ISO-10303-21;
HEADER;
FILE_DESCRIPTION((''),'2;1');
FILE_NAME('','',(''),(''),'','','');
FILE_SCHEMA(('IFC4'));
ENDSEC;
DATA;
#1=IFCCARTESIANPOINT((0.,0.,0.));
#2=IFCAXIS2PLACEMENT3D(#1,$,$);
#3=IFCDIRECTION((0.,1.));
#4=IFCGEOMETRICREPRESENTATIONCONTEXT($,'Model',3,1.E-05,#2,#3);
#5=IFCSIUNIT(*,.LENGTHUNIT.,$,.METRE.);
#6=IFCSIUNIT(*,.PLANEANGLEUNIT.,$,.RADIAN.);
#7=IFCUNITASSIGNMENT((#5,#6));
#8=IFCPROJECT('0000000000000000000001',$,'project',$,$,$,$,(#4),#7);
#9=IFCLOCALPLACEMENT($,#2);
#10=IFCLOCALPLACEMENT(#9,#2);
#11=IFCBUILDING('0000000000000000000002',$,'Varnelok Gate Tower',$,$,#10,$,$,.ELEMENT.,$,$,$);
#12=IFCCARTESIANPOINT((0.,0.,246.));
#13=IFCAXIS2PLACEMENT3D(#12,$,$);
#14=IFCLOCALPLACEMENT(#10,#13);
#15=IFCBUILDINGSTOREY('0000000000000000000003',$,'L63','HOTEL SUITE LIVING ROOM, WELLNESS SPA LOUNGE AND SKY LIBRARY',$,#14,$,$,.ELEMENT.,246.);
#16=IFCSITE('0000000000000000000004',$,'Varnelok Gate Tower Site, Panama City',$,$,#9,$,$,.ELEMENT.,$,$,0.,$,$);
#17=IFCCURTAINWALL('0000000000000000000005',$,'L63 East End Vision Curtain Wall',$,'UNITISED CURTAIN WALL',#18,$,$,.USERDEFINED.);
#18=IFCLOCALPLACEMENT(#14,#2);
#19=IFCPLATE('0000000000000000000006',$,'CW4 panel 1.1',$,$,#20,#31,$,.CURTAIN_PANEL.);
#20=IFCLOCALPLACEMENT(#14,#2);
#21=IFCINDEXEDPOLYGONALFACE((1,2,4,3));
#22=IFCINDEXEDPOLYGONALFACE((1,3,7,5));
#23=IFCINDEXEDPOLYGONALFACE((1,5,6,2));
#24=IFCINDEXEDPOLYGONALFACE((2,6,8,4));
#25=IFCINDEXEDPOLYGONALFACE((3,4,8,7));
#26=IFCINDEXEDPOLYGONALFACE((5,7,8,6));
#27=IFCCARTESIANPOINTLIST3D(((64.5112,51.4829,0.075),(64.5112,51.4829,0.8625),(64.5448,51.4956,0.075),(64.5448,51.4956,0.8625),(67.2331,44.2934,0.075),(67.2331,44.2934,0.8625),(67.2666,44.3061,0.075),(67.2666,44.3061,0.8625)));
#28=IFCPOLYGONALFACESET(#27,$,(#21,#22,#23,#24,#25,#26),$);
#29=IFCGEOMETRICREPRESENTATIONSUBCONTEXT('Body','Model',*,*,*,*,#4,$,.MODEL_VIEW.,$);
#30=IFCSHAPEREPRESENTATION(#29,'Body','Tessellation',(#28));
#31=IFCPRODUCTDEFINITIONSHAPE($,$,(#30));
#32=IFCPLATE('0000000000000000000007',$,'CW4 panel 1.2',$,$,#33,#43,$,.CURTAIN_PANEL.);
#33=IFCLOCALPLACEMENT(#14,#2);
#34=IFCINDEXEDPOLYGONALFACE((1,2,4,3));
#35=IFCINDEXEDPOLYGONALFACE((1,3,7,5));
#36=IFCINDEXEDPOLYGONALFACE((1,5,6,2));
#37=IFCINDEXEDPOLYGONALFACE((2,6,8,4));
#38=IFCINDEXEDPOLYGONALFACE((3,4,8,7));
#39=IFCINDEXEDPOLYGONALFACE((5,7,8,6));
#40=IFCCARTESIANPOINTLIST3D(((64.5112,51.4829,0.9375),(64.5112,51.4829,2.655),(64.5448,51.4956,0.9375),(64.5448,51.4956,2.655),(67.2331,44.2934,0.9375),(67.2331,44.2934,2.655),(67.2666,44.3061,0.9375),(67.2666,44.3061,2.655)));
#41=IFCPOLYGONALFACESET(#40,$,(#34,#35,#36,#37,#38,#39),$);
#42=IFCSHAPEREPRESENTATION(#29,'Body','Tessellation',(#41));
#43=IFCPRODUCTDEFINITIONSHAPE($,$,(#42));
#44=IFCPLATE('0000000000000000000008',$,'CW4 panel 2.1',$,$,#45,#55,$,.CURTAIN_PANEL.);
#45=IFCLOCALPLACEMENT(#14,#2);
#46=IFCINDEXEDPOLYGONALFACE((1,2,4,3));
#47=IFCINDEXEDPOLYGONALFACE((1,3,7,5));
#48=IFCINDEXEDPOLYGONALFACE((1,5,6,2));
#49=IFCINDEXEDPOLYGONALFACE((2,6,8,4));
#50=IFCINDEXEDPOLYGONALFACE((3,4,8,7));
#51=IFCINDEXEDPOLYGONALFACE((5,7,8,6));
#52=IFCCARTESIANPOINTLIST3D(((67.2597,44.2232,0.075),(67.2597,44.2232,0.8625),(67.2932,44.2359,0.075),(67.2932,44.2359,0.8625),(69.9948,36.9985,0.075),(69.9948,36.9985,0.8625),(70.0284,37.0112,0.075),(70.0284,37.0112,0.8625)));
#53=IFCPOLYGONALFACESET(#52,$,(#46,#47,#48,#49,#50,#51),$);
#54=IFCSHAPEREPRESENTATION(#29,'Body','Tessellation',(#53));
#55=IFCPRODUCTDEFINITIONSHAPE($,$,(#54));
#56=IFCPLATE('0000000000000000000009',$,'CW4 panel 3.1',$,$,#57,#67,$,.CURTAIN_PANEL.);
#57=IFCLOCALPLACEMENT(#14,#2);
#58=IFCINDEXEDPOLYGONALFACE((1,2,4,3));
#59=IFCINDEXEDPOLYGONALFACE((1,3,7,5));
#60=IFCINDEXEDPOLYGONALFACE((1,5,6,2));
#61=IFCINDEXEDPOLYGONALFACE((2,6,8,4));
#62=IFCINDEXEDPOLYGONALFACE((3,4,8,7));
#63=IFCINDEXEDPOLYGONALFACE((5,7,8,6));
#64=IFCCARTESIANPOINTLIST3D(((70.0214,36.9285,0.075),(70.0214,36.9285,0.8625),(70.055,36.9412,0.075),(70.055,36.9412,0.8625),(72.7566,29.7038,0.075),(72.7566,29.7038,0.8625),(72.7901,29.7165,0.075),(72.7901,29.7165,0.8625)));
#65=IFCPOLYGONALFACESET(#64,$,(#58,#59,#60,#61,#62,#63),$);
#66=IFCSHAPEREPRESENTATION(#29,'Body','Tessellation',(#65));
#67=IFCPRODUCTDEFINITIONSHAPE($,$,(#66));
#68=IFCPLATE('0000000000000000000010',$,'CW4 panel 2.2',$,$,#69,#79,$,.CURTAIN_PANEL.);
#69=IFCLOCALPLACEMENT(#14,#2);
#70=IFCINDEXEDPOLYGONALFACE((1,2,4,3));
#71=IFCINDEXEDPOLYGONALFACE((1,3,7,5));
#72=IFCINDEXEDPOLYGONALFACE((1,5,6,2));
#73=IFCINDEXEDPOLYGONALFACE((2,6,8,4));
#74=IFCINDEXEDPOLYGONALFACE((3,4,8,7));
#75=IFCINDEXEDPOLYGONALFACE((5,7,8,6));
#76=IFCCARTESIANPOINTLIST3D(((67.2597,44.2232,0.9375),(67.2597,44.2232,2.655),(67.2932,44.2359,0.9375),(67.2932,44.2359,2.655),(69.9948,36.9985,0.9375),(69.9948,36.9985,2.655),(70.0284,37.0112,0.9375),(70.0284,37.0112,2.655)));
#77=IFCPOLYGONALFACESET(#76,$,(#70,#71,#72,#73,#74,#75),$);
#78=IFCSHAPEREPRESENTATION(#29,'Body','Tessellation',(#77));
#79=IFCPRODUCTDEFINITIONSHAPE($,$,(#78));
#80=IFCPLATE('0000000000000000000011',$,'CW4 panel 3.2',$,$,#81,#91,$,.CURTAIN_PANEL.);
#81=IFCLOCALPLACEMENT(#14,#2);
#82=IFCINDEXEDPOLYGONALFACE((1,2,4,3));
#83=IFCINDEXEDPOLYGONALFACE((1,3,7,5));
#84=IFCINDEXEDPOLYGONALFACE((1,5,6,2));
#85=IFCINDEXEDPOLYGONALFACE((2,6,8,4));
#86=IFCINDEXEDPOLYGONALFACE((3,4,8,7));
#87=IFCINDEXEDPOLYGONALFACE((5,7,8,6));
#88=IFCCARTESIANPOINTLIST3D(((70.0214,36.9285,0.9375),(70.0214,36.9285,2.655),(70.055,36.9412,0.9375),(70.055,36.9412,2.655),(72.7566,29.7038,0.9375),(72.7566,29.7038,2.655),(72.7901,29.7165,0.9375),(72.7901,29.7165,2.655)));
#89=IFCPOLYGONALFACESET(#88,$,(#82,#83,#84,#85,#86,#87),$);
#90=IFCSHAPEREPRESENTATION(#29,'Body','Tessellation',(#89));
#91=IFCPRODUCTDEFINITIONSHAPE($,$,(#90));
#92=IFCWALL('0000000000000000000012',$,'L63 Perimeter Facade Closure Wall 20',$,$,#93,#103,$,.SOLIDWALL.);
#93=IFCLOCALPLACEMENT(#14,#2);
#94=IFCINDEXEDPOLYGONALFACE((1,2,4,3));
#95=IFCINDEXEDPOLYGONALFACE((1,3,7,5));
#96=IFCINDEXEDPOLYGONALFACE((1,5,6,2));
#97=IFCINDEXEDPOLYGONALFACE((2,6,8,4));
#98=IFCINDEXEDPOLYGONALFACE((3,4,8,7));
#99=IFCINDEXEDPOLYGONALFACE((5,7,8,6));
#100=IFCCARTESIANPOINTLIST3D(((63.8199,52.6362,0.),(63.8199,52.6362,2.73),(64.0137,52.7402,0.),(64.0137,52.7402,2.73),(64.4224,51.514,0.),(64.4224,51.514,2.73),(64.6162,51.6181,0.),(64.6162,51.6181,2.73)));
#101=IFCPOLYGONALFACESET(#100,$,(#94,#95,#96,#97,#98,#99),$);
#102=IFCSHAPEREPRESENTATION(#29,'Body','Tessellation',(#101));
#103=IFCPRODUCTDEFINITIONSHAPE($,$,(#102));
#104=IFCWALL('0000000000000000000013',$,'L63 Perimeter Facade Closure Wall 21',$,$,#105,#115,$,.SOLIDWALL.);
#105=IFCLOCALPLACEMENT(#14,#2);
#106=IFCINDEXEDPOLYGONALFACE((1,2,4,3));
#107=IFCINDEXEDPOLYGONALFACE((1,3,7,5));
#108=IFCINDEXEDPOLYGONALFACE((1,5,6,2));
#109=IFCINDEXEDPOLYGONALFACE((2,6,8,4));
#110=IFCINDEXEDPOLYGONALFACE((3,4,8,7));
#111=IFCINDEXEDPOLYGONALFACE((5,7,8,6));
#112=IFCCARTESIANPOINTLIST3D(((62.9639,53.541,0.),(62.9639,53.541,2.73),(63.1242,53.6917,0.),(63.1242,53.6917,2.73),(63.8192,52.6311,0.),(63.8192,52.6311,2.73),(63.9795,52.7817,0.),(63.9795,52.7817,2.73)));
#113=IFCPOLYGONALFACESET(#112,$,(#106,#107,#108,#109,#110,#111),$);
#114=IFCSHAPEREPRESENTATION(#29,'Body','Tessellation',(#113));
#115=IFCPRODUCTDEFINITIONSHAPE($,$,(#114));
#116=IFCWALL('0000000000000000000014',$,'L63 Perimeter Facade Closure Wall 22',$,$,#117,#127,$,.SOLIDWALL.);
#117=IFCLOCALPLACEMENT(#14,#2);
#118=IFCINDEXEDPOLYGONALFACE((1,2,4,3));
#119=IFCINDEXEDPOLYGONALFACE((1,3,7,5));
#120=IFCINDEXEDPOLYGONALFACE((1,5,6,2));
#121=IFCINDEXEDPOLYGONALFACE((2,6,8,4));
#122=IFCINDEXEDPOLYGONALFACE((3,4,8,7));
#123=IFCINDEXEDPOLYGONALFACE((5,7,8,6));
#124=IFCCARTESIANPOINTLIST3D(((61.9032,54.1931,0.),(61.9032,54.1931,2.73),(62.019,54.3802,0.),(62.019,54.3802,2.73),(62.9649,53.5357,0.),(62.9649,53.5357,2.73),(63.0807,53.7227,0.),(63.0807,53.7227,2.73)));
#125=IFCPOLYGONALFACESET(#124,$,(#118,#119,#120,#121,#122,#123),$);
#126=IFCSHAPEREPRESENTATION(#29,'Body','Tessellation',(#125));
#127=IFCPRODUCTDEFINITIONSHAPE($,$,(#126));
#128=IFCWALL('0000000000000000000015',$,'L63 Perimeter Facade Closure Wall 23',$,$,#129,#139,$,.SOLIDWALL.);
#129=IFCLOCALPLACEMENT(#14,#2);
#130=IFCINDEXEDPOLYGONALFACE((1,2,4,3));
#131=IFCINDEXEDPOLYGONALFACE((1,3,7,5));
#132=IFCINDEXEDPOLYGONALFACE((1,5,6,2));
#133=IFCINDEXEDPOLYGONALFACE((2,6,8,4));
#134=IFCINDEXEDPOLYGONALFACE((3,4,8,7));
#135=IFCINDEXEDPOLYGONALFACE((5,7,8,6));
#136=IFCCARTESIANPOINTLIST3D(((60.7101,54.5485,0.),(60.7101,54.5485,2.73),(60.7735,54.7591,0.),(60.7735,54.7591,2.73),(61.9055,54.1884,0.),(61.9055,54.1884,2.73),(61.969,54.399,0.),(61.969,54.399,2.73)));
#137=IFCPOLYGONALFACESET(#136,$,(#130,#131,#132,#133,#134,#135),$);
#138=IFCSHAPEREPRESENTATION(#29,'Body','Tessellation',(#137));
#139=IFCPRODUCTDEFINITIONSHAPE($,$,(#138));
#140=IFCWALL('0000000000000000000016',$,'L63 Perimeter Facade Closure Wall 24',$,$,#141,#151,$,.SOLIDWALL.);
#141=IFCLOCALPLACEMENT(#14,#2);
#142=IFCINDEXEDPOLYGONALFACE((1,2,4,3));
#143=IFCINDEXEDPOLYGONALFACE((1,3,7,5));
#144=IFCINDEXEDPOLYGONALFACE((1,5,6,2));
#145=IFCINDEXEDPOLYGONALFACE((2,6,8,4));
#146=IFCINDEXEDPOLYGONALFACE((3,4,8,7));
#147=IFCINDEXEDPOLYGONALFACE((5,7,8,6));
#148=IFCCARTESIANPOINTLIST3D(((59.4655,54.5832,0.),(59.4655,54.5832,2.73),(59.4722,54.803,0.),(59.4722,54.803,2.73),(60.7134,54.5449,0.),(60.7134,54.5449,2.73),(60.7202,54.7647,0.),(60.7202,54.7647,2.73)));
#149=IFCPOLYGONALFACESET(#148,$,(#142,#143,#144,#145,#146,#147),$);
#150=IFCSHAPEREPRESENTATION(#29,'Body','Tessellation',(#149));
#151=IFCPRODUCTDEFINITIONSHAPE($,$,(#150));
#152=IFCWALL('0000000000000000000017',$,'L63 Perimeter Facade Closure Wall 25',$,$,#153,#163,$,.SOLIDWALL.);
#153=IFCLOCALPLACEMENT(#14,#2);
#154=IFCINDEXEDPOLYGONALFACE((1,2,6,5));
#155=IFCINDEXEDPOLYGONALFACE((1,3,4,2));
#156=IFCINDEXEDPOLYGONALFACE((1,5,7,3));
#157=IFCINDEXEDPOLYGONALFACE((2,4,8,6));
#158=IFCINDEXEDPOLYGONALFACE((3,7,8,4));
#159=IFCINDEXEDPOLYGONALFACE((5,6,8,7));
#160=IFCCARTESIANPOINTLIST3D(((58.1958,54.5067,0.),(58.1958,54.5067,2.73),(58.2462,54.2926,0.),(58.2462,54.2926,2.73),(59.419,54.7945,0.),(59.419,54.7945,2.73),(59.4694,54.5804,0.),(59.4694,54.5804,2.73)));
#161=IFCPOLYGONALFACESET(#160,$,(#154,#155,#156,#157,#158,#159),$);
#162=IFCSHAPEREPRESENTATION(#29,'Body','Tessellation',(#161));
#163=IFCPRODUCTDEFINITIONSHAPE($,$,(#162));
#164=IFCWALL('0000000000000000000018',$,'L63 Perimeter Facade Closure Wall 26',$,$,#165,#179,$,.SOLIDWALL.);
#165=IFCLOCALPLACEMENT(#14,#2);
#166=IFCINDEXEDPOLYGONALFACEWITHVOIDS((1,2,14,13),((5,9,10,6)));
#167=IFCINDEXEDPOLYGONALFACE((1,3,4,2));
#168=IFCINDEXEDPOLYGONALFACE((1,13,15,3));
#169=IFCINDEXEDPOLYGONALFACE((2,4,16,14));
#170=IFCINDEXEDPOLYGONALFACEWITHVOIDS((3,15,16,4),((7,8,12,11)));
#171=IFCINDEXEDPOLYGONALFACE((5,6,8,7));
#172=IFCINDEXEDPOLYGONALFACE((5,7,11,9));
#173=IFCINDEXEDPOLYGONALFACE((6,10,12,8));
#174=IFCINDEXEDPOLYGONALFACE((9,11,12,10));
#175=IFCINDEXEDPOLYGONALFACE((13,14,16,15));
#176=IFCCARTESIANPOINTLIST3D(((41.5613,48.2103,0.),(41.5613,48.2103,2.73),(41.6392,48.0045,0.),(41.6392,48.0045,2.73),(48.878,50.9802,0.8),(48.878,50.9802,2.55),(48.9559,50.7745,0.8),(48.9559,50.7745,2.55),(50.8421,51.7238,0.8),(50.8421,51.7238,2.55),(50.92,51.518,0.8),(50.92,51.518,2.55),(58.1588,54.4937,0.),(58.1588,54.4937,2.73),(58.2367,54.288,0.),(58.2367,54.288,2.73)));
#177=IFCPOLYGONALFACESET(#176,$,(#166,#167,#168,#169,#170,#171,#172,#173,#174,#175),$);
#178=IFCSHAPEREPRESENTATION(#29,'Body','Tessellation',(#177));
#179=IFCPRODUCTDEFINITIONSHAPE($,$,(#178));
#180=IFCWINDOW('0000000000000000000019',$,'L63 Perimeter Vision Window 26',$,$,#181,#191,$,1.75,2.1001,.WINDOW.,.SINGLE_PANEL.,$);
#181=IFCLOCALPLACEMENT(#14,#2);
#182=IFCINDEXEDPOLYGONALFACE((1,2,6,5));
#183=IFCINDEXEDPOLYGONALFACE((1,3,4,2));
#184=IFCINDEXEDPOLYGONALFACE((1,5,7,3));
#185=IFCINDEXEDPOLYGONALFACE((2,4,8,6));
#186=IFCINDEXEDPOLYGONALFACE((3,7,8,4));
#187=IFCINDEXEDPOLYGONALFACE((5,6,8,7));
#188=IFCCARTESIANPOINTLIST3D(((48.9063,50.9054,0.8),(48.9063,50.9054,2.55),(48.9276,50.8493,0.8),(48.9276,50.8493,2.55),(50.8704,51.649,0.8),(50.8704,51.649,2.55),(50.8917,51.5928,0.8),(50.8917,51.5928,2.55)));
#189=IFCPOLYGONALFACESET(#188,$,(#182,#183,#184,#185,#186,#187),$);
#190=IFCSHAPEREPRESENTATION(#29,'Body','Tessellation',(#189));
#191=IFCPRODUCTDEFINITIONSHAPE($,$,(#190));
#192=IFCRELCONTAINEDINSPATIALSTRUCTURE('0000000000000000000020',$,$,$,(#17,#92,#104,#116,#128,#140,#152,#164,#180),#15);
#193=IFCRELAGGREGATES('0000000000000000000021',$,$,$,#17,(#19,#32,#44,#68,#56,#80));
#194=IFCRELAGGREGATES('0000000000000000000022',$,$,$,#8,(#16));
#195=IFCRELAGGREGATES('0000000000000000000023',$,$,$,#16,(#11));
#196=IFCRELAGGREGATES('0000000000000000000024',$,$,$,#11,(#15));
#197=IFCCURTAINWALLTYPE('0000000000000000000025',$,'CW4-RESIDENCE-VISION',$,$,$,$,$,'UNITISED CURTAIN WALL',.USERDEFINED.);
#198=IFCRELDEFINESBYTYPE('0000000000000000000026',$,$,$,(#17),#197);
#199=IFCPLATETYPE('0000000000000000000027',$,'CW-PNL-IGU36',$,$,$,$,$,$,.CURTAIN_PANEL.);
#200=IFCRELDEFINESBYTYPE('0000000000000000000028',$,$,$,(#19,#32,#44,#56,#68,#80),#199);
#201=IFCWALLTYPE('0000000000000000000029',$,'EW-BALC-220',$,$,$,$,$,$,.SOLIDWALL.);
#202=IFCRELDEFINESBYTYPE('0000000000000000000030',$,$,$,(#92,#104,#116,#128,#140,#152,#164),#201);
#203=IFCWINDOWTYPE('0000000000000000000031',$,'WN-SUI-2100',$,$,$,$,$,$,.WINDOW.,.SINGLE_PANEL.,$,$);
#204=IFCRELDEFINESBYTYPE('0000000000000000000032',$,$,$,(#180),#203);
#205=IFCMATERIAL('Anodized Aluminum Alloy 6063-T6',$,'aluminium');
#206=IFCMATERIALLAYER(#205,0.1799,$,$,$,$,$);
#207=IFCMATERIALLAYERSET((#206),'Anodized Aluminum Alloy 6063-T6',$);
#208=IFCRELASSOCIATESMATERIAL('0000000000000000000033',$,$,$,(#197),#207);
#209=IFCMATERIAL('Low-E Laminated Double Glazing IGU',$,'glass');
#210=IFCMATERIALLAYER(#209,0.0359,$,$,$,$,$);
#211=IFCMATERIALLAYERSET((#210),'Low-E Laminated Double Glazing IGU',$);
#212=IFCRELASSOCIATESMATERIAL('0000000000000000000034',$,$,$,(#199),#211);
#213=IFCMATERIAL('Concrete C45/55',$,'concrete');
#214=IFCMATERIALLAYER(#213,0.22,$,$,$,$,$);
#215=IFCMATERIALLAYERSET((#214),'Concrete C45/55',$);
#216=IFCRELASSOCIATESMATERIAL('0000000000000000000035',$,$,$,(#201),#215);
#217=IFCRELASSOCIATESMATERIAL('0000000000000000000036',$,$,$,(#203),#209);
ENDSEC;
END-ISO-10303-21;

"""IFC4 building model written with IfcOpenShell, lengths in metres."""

from ifc_helpers import new_model, si_unit, direction, frame, frame_2d, origin, origin_2d, place, context, subcontext, project, spatial, rectangle, extrude, source, transform, mapped, material, layer, layer_set, type_object, element, fill, aggregate, save


model = new_model("IFC4")

# Units and contexts
model_context = context("Model", 3, precision=1e-05, world=origin(), true_north=direction((0.0, 1.0)))
body_context = subcontext(model_context, "Body", "Model", "MODEL_VIEW")
ifc_project = project(units=[si_unit("LENGTHUNIT", "METRE"), si_unit("PLANEANGLEUNIT", "RADIAN")], contexts=[model_context])

# Site, building, storey
site_placement = place(None, origin())
site = spatial("IfcSite", under=ifc_project, at=site_placement, Name="Varnelok Gate Tower Site, Panama City", CompositionType="ELEMENT", RefElevation=0.0)
building_placement = place(site_placement, origin())
building = spatial("IfcBuilding", under=site, at=building_placement, Name="Varnelok Gate Tower", CompositionType="ELEMENT")
storey_placement = place(building_placement, frame((0.0, 0.0, 246.0)))
storey = spatial("IfcBuildingStorey", under=building, at=storey_placement, Name="L63", Description="HOTEL SUITE LIVING ROOM, WELLNESS SPA LOUNGE AND SKY LIBRARY", CompositionType="ELEMENT", Elevation=246.0)

# Curtain wall, plates
ifc_material_1 = material(Name="Anodized Aluminum Alloy 6063-T6", Category="aluminium")
ifc_layer_1 = layer(ifc_material_1, 0.1799)
ifc_layer_set_1 = layer_set([ifc_layer_1], Name="Anodized Aluminum Alloy 6063-T6")
curtain_wall_type = type_object("IfcCurtainWallType", Name="CW4-RESIDENCE-VISION", ElementType="UNITISED CURTAIN WALL", PredefinedType="USERDEFINED", material=ifc_layer_set_1)
curtain_wall_placement = place(storey_placement, origin())
curtain_wall = element("IfcCurtainWall", 1, at=curtain_wall_placement, inside=storey, type_object=curtain_wall_type, Name="L63 East End Vision Curtain Wall", ObjectType="UNITISED CURTAIN WALL", PredefinedType="USERDEFINED")
ifc_material_2 = material(Name="Low-E Laminated Double Glazing IGU", Category="glass")
ifc_layer_2 = layer(ifc_material_2, 0.0359)
ifc_layer_set_2 = layer_set([ifc_layer_2], Name="Low-E Laminated Double Glazing IGU")
plate_type = type_object("IfcPlateType", Name="CW-PNL-IGU36", PredefinedType="CURTAIN_PANEL", material=ifc_layer_set_2)
shared_shape_1 = source(origin(), body_context, "Body", "SweptSolid", [
    extrude(rectangle(XDim=7.6875, YDim=0.0359, at=origin_2d()), origin(), (0.0, 0.0, 1.0), 0.7876),
])
plate_1_placement = place(storey_placement, frame((65.8889, 47.8945, 0.075), z_axis=(0.0, 0.0, 1.0), x_axis=(0.354063, -0.935222, 0.0)))
plate_1 = element("IfcPlate", 2, at=plate_1_placement, type_object=plate_type, Name="CW4 panel 1.1", PredefinedType="CURTAIN_PANEL", context=body_context, shape_type="MappedRepresentation", body=[
    mapped(shared_shape_1, transform((0.0, 0.0, 0.0), scale=1.0)),
])
shared_shape_2 = source(origin(), body_context, "Body", "SweptSolid", [
    extrude(rectangle(XDim=7.6875, YDim=0.0359, at=origin_2d()), origin(), (0.0, 0.0, 1.0), 1.7175),
])
plate_2_placement = place(storey_placement, frame((65.8889, 47.8945, 0.9375), z_axis=(0.0, 0.0, 1.0), x_axis=(0.354063, -0.935222, 0.0)))
plate_2 = element("IfcPlate", 3, at=plate_2_placement, type_object=plate_type, Name="CW4 panel 1.2", PredefinedType="CURTAIN_PANEL", context=body_context, shape_type="MappedRepresentation", body=[
    mapped(shared_shape_2, transform((0.0, 0.0, 0.0), scale=1.0)),
])
shared_shape_3 = source(origin(), body_context, "Body", "SweptSolid", [
    extrude(rectangle(XDim=7.7251, YDim=0.0359, at=origin_2d()), origin(), (0.0, 0.0, 1.0), 0.7876),
])
plate_3_placement = place(storey_placement, frame((68.644, 40.6172, 0.075), z_axis=(0.0, 0.0, 1.0), x_axis=(0.354063, -0.935222, 0.0)))
plate_3 = element("IfcPlate", 4, at=plate_3_placement, type_object=plate_type, Name="CW4 panel 2.1", PredefinedType="CURTAIN_PANEL", context=body_context, shape_type="MappedRepresentation", body=[
    mapped(shared_shape_3, transform((0.0, 0.0, 0.0), scale=1.0)),
])
plate_4_placement = place(storey_placement, frame((71.4058, 33.3225, 0.075), z_axis=(0.0, 0.0, 1.0), x_axis=(0.354063, -0.935222, 0.0)))
plate_4 = element("IfcPlate", 5, at=plate_4_placement, type_object=plate_type, Name="CW4 panel 3.1", PredefinedType="CURTAIN_PANEL", context=body_context, shape_type="MappedRepresentation", body=[
    mapped(shared_shape_3, transform((0.0, 0.0, 0.0), scale=1.0)),
])
shared_shape_4 = source(origin(), body_context, "Body", "SweptSolid", [
    extrude(rectangle(XDim=7.7251, YDim=0.0359, at=origin_2d()), origin(), (0.0, 0.0, 1.0), 1.7175),
])
plate_5_placement = place(storey_placement, frame((68.644, 40.6172, 0.9375), z_axis=(0.0, 0.0, 1.0), x_axis=(0.354063, -0.935222, 0.0)))
plate_5 = element("IfcPlate", 6, at=plate_5_placement, type_object=plate_type, Name="CW4 panel 2.2", PredefinedType="CURTAIN_PANEL", context=body_context, shape_type="MappedRepresentation", body=[
    mapped(shared_shape_4, transform((0.0, 0.0, 0.0), scale=1.0)),
])
plate_6_placement = place(storey_placement, frame((71.4058, 33.3225, 0.9375), z_axis=(0.0, 0.0, 1.0), x_axis=(0.354063, -0.935222, 0.0)))
plate_6 = element("IfcPlate", 7, at=plate_6_placement, type_object=plate_type, Name="CW4 panel 3.2", PredefinedType="CURTAIN_PANEL", context=body_context, shape_type="MappedRepresentation", body=[
    mapped(shared_shape_4, transform((0.0, 0.0, 0.0), scale=1.0)),
])
aggregate(curtain_wall, [plate_1, plate_2, plate_3, plate_5, plate_4, plate_6])

# Walls
ifc_material_3 = material(Name="Concrete C45/55", Category="concrete")
ifc_layer_3 = layer(ifc_material_3, 0.22)
ifc_layer_set_3 = layer_set([ifc_layer_3], Name="Concrete C45/55")
wall_type_1 = type_object("IfcWallType", Name="EW-BALC-220", PredefinedType="SOLIDWALL", material=ifc_layer_set_3)
wall_1_placement = place(storey_placement, frame((64.5193, 51.5662, 0.0), z_axis=(0.0, 0.0, 1.0), x_axis=(-0.473094, 0.881012, 0.0)))
element("IfcWall", 8, at=wall_1_placement, inside=storey, type_object=wall_type_1, Name="L63 Perimeter Facade Closure Wall 20", PredefinedType="SOLIDWALL", context=body_context, shape_type="SweptSolid", body=[
    extrude(rectangle(XDim=1.2737, YDim=0.22, at=frame_2d((0.6367, 0.0))), origin(), (0.0, 0.0, 1.0), 2.73),
])
for number, where, z_axis, x_axis, name in (
    (9, (63.8994, 52.7063, 0.0), (0.0, 0.0, 1.0), (-0.684871, 0.728665, 0.0), "L63 Perimeter Facade Closure Wall 21"),
    (10, (63.0229, 53.6292, 0.0), (0.0, 0.0, 1.0), (-0.850198, 0.526462, 0.0), "L63 Perimeter Facade Closure Wall 22"),
):
    element("IfcWall", number, at=place(storey_placement, frame(where, z_axis=z_axis, x_axis=x_axis)), inside=storey, type_object=wall_type_1, Name=name, PredefinedType="SOLIDWALL", context=body_context, shape_type="SweptSolid", body=[
        extrude(rectangle(XDim=1.2488, YDim=0.22, at=frame_2d((0.6245, 0.0))), origin(), (0.0, 0.0, 1.0), 2.73),
    ])
for number, where, z_axis, x_axis, name in (
    (11, (61.9373, 54.2937, 0.0), (0.0, 0.0, 1.0), (-0.957508, 0.288406, 0.0), "L63 Perimeter Facade Closure Wall 23"),
    (12, (60.7168, 54.6548, 0.0), (0.0, 0.0, 1.0), (-0.999529, 0.030698, 0.0), "L63 Perimeter Facade Closure Wall 24"),
):
    element("IfcWall", number, at=place(storey_placement, frame(where, z_axis=z_axis, x_axis=x_axis)), inside=storey, type_object=wall_type_1, Name=name, PredefinedType="SOLIDWALL", context=body_context, shape_type="SweptSolid", body=[
        extrude(rectangle(XDim=1.2485, YDim=0.22, at=frame_2d((0.6243, 0.0))), origin(), (0.0, 0.0, 1.0), 2.73),
    ])
wall_2_placement = place(storey_placement, frame((59.4443, 54.6875, 0.0), z_axis=(0.0, 0.0, 1.0), x_axis=(-0.97341, -0.229072, 0.0)))
element("IfcWall", 13, at=wall_2_placement, inside=storey, type_object=wall_type_1, Name="L63 Perimeter Facade Closure Wall 25", PredefinedType="SOLIDWALL", context=body_context, shape_type="SweptSolid", body=[
    extrude(rectangle(XDim=1.2566, YDim=0.22, at=frame_2d((0.6284, 0.0))), origin(), (0.0, 0.0, 1.0), 2.73),
])

# Wall, opening, window
wall_3_placement = place(storey_placement, frame((58.1978, 54.3909, 0.0), z_axis=(0.0, 0.0, 1.0), x_axis=(-0.935224, -0.354057, 0.0)))
wall_3 = element("IfcWall", 14, at=wall_3_placement, inside=storey, type_object=wall_type_1, Name="L63 Perimeter Facade Closure Wall 26", PredefinedType="SOLIDWALL", context=body_context, shape_type="SweptSolid", body=[
    extrude(rectangle(XDim=17.7471, YDim=0.22, at=frame_2d((8.8735, 0.0))), origin(), (0.0, 0.0, 1.0), 2.73),
])
opening_placement = place(wall_3_placement, frame((7.8235, 0.0, 0.8)))
opening = element("IfcOpeningElement", 15, at=opening_placement, cuts=wall_3, PredefinedType="OPENING", context=body_context, shape_type="SweptSolid", body=[
    extrude(rectangle(XDim=2.1001, YDim=1.75, at=frame_2d((1.05, 0.875))), frame((0.0, 0.1199, 0.0), z_axis=(0.0, -1.0, 0.0), x_axis=(1.0, 0.0, 0.0)), (0.0, 0.0, 1.0), 0.24),
])
window_type = type_object("IfcWindowType", Name="WN-SUI-2100", PartitioningType="SINGLE_PANEL", PredefinedType="WINDOW", material=ifc_material_2)
window_placement = place(opening_placement, origin())
window = element("IfcWindow", 16, at=window_placement, inside=storey, type_object=window_type, Name="L63 Perimeter Vision Window 26", OverallHeight=1.75, OverallWidth=2.1001, PartitioningType="SINGLE_PANEL", PredefinedType="WINDOW", context=body_context, shape_type="SweptSolid", body=[
    extrude(rectangle(XDim=2.1001, YDim=1.75, at=frame_2d((1.05, 0.875))), frame((0.0, 0.03, 0.0), z_axis=(0.0, -1.0, 0.0), x_axis=(1.0, 0.0, 0.0)), (0.0, 0.0, 1.0), 0.0601),
])
fill(opening, window)

save(model, "model.ifc")
